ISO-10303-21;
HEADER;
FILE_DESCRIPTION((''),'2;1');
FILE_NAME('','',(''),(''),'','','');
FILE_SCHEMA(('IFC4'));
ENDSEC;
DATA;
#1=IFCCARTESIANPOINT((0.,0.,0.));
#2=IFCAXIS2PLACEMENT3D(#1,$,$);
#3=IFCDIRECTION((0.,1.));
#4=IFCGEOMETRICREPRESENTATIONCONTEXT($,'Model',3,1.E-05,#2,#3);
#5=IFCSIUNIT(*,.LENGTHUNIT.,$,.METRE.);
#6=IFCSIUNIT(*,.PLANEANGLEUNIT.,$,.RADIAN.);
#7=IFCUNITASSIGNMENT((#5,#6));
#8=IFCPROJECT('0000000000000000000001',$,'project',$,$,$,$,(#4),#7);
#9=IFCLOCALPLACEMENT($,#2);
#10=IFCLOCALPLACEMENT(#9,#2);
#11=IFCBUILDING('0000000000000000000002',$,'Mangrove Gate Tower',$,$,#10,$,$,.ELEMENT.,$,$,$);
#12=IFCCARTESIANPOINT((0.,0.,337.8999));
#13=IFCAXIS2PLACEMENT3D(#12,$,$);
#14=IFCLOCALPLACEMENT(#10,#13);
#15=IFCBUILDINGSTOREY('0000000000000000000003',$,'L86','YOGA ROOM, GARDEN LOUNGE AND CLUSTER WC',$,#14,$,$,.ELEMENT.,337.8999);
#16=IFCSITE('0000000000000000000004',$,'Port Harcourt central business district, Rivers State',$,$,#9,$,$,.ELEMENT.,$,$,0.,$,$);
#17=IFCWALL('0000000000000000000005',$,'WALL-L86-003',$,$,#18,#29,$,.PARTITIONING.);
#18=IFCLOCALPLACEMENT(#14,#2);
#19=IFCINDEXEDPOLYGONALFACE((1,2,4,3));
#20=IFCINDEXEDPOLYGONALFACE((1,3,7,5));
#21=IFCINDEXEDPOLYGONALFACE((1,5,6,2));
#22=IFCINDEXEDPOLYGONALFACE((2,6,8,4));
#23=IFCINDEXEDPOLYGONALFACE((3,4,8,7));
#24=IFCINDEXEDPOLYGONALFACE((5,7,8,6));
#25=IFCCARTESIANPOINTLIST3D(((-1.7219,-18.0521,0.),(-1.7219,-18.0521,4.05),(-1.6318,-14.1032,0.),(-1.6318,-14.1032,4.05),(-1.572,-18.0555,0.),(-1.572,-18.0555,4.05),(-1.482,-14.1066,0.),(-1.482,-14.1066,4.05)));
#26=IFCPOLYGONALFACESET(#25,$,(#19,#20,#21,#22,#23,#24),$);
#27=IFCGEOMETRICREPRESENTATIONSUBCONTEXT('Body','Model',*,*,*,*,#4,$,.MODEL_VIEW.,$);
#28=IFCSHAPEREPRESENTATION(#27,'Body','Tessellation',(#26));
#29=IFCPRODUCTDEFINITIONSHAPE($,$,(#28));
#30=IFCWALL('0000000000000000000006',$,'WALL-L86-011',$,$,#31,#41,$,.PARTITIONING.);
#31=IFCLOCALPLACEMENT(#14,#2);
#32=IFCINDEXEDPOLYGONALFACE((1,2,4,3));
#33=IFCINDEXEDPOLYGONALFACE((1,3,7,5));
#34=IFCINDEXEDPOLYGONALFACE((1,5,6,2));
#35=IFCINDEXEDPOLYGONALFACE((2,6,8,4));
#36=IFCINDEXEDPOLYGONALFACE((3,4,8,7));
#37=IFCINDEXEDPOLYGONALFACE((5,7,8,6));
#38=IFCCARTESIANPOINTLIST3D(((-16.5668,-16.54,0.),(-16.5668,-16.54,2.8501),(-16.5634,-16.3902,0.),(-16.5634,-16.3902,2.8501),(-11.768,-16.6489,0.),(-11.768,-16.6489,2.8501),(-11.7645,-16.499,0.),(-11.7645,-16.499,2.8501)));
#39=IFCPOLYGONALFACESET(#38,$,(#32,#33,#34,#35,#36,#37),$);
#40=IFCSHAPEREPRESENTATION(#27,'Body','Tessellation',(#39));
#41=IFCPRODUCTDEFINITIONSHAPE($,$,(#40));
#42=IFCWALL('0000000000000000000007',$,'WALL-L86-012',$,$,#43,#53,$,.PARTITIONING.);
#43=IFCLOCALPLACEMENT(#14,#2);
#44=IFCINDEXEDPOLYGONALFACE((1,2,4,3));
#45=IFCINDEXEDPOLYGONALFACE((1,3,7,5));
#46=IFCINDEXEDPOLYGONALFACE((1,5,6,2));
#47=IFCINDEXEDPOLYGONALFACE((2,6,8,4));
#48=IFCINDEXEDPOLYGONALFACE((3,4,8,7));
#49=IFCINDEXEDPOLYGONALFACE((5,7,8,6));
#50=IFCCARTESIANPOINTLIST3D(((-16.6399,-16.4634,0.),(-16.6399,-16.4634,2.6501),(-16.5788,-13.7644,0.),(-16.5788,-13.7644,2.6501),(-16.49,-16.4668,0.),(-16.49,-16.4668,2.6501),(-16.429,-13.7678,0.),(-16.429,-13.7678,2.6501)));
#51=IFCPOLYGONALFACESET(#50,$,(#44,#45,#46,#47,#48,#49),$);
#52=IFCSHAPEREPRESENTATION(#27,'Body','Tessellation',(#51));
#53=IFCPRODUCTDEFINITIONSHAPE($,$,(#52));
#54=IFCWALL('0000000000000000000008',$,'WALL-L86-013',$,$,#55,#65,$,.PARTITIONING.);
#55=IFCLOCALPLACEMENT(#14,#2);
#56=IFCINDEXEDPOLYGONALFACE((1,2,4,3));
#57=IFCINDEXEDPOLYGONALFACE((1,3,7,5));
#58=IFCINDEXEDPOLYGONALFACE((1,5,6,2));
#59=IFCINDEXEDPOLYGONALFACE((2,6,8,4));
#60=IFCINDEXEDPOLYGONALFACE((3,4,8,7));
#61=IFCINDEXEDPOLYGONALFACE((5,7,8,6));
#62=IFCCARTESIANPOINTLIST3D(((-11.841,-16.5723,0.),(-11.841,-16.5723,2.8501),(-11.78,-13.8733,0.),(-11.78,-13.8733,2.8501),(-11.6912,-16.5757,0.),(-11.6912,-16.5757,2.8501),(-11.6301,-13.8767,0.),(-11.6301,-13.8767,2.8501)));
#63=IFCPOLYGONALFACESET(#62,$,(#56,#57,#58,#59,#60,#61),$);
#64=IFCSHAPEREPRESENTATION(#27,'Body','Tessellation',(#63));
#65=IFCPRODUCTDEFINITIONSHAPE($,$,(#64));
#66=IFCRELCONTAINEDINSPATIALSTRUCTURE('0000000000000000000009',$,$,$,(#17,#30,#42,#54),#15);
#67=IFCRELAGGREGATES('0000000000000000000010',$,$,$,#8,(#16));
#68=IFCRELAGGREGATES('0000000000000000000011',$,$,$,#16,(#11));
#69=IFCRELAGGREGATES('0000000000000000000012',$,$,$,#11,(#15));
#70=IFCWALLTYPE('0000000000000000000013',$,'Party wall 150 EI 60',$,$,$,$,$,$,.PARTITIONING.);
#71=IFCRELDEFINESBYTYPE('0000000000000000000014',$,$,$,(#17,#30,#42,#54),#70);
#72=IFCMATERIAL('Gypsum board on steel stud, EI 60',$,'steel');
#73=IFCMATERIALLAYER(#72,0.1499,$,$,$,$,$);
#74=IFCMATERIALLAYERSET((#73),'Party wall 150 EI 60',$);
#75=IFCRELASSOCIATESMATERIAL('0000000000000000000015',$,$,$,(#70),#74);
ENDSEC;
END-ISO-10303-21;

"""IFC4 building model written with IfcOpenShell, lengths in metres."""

from ifc_helpers import new_model, si_unit, direction, frame, frame_2d, origin, place, context, subcontext, project, spatial, rectangle, extrude, material, layer, layer_set, type_object, element, save


model = new_model("IFC4")

# Units and contexts
model_context = context("Model", 3, precision=1e-05, world=origin(), true_north=direction((0.0, 1.0)))
body_context = subcontext(model_context, "Body", "Model", "MODEL_VIEW")
ifc_project = project(units=[si_unit("LENGTHUNIT", "METRE"), si_unit("PLANEANGLEUNIT", "RADIAN")], contexts=[model_context])

# Site, building, storey
site_placement = place(None, origin())
site = spatial("IfcSite", under=ifc_project, at=site_placement, Name="Port Harcourt central business district, Rivers State", CompositionType="ELEMENT", RefElevation=0.0)
building_placement = place(site_placement, origin())
building = spatial("IfcBuilding", under=site, at=building_placement, Name="Mangrove Gate Tower", CompositionType="ELEMENT")
storey_placement = place(building_placement, frame((0.0, 0.0, 337.8999)))
storey = spatial("IfcBuildingStorey", under=building, at=storey_placement, Name="L86", Description="YOGA ROOM, GARDEN LOUNGE AND CLUSTER WC", CompositionType="ELEMENT", Elevation=337.8999)

# Walls
ifc_material_1 = material(Name="Gypsum board on steel stud, EI 60", Category="steel")
ifc_layer_1 = layer(ifc_material_1, 0.1499)
ifc_layer_set_1 = layer_set([ifc_layer_1], Name="Party wall 150 EI 60")
wall_type_1 = type_object("IfcWallType", Name="Party wall 150 EI 60", PredefinedType="PARTITIONING", material=ifc_layer_set_1)
wall_1_placement = place(storey_placement, frame((-1.647, -18.054, 0.0), z_axis=(0.0, 0.0, 1.0), x_axis=(0.022807, 0.99974, 0.0)))
element("IfcWall", 1, at=wall_1_placement, inside=storey, type_object=wall_type_1, Name="WALL-L86-003", PredefinedType="PARTITIONING", context=body_context, shape_type="SweptSolid", body=[
    extrude(rectangle(XDim=3.95, YDim=0.1499, at=frame_2d((1.9751, 0.0))), origin(), (0.0, 0.0, 1.0), 4.05),
])
wall_2_placement = place(storey_placement, frame((-16.5649, -16.4651, 0.0), z_axis=(0.0, 0.0, 1.0), x_axis=(0.999743, -0.022684, 0.0)))
element("IfcWall", 2, at=wall_2_placement, inside=storey, type_object=wall_type_1, Name="WALL-L86-011", PredefinedType="PARTITIONING", context=body_context, shape_type="SweptSolid", body=[
    extrude(rectangle(XDim=4.8, YDim=0.1499, at=frame_2d((2.3999, 0.0))), origin(), (0.0, 0.0, 1.0), 2.8501),
])
wall_3_placement = place(storey_placement, frame((-16.5649, -16.4651, 0.0), z_axis=(0.0, 0.0, 1.0), x_axis=(0.022608, 0.999744, 0.0)))
element("IfcWall", 3, at=wall_3_placement, inside=storey, type_object=wall_type_1, Name="WALL-L86-012", PredefinedType="PARTITIONING", context=body_context, shape_type="SweptSolid", body=[
    extrude(rectangle(XDim=2.6997, YDim=0.1499, at=frame_2d((1.3499, 0.0))), origin(), (0.0, 0.0, 1.0), 2.6501),
])
wall_4_placement = place(storey_placement, frame((-11.7661, -16.574, 0.0), z_axis=(0.0, 0.0, 1.0), x_axis=(0.022608, 0.999744, 0.0)))
element("IfcWall", 4, at=wall_4_placement, inside=storey, type_object=wall_type_1, Name="WALL-L86-013", PredefinedType="PARTITIONING", context=body_context, shape_type="SweptSolid", body=[
    extrude(rectangle(XDim=2.6997, YDim=0.1499, at=frame_2d((1.3499, 0.0))), origin(), (0.0, 0.0, 1.0), 2.8501),
])

save(model, "model.ifc")
